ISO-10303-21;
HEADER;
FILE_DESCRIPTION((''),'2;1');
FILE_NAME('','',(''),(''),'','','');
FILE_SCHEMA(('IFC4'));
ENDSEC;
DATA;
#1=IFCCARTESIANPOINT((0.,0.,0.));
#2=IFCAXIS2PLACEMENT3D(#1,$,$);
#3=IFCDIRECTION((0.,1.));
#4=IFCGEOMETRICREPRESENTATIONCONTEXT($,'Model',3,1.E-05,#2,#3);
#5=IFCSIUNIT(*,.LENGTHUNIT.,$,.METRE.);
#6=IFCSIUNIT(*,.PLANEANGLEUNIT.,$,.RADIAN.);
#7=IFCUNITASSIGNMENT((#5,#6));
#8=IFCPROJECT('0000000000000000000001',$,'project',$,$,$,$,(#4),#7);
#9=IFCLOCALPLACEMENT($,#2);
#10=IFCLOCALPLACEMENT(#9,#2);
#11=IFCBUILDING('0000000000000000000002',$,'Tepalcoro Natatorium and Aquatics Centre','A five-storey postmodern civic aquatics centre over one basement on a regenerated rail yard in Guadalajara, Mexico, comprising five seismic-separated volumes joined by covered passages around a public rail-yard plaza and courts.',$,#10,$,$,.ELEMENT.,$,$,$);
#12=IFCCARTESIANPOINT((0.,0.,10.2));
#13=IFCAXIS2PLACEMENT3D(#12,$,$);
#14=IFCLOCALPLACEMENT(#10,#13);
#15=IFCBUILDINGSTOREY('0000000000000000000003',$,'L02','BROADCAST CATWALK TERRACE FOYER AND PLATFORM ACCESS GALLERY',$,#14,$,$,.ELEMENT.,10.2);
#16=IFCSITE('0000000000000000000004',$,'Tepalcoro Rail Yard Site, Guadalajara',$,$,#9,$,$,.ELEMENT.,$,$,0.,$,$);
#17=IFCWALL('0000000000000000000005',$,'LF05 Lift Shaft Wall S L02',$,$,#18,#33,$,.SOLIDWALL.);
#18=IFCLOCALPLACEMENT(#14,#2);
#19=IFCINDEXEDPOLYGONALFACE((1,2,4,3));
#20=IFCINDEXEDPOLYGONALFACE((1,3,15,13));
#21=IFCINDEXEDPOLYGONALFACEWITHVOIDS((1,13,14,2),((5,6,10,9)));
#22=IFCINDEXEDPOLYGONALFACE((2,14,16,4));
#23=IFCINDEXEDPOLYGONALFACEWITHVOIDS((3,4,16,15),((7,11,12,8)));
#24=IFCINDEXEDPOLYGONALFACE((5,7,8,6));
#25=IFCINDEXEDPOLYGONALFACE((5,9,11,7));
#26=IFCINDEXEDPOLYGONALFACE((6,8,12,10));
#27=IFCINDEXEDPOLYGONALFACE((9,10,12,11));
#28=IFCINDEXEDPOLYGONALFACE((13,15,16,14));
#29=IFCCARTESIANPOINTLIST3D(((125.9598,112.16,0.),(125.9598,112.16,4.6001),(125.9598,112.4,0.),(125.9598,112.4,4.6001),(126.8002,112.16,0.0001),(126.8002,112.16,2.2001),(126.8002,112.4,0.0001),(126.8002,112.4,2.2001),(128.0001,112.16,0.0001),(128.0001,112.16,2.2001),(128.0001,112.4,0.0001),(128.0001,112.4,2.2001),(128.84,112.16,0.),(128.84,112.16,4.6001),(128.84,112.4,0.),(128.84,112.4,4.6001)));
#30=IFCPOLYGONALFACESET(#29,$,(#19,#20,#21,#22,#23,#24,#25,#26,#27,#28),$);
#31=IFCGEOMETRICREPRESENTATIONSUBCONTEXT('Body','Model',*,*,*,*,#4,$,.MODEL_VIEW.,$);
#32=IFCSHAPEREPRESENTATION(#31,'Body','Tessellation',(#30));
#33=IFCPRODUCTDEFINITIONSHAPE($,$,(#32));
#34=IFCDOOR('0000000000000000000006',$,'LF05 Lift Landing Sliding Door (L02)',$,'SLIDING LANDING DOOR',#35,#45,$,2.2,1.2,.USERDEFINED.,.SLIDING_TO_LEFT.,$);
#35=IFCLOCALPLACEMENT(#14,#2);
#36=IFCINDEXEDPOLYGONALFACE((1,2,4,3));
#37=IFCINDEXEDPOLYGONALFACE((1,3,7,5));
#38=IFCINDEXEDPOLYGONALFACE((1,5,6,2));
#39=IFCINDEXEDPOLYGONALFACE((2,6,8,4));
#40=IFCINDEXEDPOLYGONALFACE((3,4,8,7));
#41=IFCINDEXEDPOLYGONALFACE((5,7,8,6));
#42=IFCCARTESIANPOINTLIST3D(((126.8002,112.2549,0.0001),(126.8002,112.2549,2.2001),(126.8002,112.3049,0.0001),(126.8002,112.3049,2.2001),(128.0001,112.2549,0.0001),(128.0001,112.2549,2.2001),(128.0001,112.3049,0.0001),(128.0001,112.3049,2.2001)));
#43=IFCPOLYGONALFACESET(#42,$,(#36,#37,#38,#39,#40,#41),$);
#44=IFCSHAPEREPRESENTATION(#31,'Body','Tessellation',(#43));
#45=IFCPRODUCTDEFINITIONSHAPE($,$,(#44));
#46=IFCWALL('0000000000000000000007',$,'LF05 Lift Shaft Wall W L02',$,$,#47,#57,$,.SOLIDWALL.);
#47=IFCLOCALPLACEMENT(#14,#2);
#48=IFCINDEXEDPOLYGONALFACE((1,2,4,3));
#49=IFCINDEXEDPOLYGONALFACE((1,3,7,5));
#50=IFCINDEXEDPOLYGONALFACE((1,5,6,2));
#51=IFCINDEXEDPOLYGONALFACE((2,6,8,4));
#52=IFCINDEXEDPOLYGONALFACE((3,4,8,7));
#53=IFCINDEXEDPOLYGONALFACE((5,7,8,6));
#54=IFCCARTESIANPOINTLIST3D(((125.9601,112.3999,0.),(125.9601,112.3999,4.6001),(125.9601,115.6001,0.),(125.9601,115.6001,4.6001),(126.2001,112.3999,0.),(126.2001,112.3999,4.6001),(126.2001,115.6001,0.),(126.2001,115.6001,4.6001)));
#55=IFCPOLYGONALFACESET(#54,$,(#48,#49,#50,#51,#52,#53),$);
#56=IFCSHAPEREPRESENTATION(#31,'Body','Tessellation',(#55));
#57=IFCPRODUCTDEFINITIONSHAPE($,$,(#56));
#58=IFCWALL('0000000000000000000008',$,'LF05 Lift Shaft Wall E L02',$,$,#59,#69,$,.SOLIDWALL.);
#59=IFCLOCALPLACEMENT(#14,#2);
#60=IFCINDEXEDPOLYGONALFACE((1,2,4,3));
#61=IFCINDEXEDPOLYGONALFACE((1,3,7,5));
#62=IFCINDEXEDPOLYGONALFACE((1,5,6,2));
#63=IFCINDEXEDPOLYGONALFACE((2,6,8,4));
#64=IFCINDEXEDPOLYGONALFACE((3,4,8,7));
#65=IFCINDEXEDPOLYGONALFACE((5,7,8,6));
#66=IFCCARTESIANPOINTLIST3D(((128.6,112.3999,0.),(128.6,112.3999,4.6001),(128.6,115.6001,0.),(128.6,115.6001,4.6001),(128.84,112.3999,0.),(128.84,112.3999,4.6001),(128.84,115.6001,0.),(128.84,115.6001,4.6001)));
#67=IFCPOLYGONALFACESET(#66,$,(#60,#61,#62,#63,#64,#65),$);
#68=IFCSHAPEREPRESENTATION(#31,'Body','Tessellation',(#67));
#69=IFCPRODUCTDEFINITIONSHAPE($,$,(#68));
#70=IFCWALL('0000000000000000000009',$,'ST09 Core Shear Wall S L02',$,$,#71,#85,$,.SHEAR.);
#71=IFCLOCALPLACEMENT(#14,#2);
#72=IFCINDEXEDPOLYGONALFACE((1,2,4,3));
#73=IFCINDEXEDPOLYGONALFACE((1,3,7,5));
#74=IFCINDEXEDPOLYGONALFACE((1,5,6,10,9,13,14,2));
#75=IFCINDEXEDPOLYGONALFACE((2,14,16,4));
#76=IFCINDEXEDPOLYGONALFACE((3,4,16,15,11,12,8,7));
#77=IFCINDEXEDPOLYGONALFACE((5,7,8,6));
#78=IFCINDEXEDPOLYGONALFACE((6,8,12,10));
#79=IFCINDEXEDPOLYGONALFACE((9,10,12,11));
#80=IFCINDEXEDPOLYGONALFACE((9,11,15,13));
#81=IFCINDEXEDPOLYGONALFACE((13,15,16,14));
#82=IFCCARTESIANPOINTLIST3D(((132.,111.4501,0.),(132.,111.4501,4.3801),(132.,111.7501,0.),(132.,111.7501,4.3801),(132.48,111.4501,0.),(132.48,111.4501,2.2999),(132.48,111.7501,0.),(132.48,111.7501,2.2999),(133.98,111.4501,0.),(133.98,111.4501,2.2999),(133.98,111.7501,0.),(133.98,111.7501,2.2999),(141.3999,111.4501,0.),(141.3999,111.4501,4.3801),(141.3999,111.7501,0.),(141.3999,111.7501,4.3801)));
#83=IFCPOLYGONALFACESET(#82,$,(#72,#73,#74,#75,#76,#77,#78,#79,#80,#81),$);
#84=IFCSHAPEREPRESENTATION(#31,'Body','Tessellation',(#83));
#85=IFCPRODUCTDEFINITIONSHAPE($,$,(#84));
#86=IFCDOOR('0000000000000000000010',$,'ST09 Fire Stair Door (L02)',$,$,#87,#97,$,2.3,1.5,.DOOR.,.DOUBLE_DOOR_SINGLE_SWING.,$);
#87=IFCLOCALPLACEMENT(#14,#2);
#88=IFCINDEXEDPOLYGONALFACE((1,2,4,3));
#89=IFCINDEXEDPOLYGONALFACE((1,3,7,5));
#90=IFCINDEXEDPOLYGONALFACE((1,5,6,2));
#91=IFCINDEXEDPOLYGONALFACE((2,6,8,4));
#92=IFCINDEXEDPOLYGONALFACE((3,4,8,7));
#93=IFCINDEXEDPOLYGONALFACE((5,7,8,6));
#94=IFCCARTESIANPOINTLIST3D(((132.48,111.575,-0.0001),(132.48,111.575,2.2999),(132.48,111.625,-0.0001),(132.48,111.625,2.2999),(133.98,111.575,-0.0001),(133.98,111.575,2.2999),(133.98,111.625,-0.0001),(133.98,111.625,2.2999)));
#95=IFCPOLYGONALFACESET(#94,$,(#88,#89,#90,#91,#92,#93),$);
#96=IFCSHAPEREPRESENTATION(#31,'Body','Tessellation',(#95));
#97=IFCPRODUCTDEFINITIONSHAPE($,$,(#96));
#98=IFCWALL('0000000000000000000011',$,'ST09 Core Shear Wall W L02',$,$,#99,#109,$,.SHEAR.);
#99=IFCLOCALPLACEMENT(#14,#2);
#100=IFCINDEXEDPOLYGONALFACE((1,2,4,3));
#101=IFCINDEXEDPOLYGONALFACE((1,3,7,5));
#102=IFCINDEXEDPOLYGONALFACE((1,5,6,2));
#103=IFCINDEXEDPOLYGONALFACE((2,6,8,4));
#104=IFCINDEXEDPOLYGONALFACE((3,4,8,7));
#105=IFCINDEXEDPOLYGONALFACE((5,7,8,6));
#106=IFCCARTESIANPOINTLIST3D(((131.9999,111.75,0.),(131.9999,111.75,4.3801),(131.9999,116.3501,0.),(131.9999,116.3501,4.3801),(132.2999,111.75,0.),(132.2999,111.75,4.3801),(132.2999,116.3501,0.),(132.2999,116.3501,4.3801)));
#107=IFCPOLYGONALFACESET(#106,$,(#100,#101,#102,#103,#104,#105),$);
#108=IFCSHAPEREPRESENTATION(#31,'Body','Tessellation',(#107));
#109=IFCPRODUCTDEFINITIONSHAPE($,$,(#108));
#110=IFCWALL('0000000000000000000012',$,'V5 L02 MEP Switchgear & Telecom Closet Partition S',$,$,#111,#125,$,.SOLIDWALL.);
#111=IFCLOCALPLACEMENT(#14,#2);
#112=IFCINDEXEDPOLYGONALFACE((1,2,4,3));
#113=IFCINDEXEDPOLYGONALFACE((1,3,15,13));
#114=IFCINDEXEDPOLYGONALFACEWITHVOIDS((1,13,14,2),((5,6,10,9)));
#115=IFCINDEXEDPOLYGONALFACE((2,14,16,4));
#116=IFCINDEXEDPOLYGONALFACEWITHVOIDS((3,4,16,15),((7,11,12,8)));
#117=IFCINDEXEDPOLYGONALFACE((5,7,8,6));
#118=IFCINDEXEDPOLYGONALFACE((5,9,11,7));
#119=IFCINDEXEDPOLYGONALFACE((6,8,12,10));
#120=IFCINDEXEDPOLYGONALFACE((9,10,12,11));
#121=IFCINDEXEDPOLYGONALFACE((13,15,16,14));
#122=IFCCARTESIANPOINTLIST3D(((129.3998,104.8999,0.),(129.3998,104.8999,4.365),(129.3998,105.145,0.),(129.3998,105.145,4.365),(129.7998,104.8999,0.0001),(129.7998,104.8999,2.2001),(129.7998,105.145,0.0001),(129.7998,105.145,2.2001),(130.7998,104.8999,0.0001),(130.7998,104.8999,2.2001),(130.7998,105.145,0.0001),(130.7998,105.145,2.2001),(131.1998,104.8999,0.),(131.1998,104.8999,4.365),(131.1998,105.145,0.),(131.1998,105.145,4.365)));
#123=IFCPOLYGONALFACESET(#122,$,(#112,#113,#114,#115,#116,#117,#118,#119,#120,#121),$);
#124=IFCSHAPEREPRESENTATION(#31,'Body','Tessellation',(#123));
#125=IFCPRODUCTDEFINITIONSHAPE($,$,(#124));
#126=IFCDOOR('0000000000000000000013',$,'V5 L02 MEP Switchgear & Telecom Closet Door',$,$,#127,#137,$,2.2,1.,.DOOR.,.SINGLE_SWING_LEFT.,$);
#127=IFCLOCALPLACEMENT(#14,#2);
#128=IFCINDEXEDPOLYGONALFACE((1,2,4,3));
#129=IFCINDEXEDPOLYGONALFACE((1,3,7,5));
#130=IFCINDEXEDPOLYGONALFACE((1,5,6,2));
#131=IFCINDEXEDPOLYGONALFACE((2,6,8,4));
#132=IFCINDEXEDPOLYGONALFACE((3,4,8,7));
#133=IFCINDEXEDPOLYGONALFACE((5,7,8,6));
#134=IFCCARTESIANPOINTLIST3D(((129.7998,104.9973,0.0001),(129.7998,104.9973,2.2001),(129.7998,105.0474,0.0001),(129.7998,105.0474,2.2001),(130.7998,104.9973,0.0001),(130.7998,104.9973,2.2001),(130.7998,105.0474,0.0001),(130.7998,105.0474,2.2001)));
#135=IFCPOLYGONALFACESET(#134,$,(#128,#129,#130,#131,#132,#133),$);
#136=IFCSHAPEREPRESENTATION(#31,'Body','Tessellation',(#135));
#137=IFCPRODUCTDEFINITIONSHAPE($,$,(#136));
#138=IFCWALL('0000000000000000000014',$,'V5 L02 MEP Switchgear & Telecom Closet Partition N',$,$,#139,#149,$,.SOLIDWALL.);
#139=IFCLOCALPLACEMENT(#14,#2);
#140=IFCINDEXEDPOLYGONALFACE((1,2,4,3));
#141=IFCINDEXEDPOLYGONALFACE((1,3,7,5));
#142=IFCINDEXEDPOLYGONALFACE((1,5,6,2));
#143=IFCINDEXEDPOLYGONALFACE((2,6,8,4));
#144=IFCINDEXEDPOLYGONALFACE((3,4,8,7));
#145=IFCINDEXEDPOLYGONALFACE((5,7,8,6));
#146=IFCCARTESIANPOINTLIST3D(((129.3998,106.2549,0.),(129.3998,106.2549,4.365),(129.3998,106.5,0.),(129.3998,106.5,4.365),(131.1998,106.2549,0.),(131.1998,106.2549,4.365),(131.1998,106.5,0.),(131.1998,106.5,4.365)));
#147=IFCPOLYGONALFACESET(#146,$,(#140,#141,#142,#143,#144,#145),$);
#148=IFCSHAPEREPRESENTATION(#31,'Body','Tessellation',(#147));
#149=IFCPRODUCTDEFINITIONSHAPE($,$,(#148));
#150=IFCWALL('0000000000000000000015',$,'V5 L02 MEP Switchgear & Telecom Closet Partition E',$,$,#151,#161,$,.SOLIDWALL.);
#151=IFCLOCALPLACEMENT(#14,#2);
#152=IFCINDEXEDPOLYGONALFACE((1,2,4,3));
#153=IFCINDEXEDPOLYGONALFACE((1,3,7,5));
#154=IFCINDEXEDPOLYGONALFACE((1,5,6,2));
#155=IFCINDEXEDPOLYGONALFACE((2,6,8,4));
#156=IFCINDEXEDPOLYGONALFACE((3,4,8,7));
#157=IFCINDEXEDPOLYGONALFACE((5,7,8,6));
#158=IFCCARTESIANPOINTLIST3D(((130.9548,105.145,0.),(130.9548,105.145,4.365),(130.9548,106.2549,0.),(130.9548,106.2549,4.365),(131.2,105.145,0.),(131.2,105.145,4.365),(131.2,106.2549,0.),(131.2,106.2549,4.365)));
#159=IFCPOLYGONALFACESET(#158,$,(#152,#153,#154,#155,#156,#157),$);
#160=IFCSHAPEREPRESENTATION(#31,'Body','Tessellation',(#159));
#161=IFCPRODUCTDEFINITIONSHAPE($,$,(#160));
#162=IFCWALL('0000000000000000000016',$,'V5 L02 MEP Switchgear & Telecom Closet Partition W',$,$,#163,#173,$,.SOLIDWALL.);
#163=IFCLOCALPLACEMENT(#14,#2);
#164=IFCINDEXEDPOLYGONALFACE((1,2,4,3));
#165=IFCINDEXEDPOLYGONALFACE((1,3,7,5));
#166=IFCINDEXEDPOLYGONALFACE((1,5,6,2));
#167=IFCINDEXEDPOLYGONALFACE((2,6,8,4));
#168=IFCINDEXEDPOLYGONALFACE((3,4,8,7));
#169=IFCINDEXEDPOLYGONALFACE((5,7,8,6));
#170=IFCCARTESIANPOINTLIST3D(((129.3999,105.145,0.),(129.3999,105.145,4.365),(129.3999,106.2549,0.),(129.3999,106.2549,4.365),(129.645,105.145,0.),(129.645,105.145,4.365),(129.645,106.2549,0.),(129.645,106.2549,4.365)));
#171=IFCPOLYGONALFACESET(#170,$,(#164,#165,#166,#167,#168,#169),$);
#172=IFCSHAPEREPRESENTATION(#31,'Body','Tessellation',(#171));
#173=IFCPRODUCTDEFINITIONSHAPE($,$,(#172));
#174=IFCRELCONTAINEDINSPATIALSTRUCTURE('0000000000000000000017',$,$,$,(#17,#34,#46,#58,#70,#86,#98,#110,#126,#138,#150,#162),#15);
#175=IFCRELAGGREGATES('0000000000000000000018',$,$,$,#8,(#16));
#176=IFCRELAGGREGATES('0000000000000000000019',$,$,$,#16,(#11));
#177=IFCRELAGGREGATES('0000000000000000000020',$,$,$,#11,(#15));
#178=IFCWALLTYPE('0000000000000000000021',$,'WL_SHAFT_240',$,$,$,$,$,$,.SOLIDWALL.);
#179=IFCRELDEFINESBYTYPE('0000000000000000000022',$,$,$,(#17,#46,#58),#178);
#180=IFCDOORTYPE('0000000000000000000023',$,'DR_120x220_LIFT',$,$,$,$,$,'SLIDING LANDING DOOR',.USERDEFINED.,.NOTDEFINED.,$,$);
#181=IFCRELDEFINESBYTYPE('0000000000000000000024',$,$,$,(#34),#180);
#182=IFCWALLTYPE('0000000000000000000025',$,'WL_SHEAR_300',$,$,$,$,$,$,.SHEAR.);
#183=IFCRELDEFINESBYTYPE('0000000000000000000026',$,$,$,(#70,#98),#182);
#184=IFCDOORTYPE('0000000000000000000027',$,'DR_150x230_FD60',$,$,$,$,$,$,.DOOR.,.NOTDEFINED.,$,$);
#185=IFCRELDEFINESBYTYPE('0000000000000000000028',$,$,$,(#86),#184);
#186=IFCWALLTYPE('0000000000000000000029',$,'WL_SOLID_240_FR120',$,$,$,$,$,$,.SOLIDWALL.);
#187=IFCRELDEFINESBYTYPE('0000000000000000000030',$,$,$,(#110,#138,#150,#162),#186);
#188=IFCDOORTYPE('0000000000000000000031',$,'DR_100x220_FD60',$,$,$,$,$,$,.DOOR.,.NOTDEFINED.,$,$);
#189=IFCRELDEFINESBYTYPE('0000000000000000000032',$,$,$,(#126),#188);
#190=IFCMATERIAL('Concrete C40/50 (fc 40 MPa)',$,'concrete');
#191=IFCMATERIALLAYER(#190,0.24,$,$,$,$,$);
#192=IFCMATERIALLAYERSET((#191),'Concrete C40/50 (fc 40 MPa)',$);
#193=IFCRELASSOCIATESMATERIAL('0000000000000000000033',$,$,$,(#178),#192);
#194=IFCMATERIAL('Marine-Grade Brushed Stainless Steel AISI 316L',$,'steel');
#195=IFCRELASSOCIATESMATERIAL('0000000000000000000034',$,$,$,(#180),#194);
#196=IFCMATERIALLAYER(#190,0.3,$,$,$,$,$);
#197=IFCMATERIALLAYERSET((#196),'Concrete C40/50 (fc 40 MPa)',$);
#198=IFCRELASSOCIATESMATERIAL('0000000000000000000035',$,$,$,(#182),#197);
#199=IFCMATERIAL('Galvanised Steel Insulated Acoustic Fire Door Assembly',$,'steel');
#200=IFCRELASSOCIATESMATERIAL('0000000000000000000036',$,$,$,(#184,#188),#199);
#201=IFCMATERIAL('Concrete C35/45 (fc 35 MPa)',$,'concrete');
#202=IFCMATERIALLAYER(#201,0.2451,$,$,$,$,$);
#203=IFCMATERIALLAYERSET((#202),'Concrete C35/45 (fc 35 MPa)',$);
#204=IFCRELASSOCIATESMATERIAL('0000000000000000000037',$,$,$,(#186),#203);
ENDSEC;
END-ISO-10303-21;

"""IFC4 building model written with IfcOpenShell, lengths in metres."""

from ifc_helpers import new_model, si_unit, direction, frame, frame_2d, origin, place, context, subcontext, project, spatial, rectangle, extrude, material, layer, layer_set, type_object, element, fill, save


model = new_model("IFC4")

# Units and contexts
model_context = context("Model", 3, precision=1e-05, world=origin(), true_north=direction((0.0, 1.0)))
body_context = subcontext(model_context, "Body", "Model", "MODEL_VIEW")
ifc_project = project(units=[si_unit("LENGTHUNIT", "METRE"), si_unit("PLANEANGLEUNIT", "RADIAN")], contexts=[model_context])

# Site, building, storey
site_placement = place(None, origin())
site = spatial("IfcSite", under=ifc_project, at=site_placement, Name="Tepalcoro Rail Yard Site, Guadalajara", CompositionType="ELEMENT", RefElevation=0.0)
building_placement = place(site_placement, origin())
building = spatial("IfcBuilding", under=site, at=building_placement, Name="Tepalcoro Natatorium and Aquatics Centre", Description="A five-storey postmodern civic aquatics centre over one basement on a regenerated rail yard in Guadalajara, Mexico, comprising five seismic-separated volumes joined by covered passages around a public rail-yard plaza and courts.", CompositionType="ELEMENT")
storey_placement = place(building_placement, frame((0.0, 0.0, 10.2)))
storey = spatial("IfcBuildingStorey", under=building, at=storey_placement, Name="L02", Description="BROADCAST CATWALK TERRACE FOYER AND PLATFORM ACCESS GALLERY", CompositionType="ELEMENT", Elevation=10.2)

# Shared definitions
ifc_material_1 = material(Name="Concrete C40/50 (fc 40 MPa)", Category="concrete")

# Wall, opening, door
ifc_layer_1 = layer(ifc_material_1, 0.24)
ifc_layer_set_1 = layer_set([ifc_layer_1], Name="Concrete C40/50 (fc 40 MPa)")
wall_type_1 = type_object("IfcWallType", Name="WL_SHAFT_240", PredefinedType="SOLIDWALL", material=ifc_layer_set_1)
wall_1_placement = place(storey_placement, frame((125.96, 112.28, 0.0), z_axis=(0.0, 0.0, 1.0), x_axis=(1.0, 0.0, 0.0)))
wall_1 = element("IfcWall", 1, at=wall_1_placement, inside=storey, type_object=wall_type_1, Name="LF05 Lift Shaft Wall S L02", PredefinedType="SOLIDWALL", context=body_context, shape_type="SweptSolid", body=[
    extrude(rectangle(XDim=2.8801, YDim=0.24, at=frame_2d((1.4399, 0.0))), origin(), (0.0, 0.0, 1.0), 4.6001),
])
opening_1_placement = place(wall_1_placement, frame((0.8401, 0.0, 0.0)))
opening_1 = element("IfcOpeningElement", 2, at=opening_1_placement, cuts=wall_1, PredefinedType="OPENING", context=body_context, shape_type="SweptSolid", body=[
    extrude(rectangle(XDim=1.2, YDim=2.2, at=frame_2d((0.6001, 1.1001))), frame((0.0, 0.1318, 0.0), z_axis=(0.0, -1.0, 0.0), x_axis=(1.0, 0.0, 0.0)), (0.0, 0.0, 1.0), 0.2639),
])
ifc_material_2 = material(Name="Marine-Grade Brushed Stainless Steel AISI 316L", Category="steel")
door_type_1 = type_object("IfcDoorType", Name="DR_120x220_LIFT", ElementType="SLIDING LANDING DOOR", OperationType="NOTDEFINED", PredefinedType="USERDEFINED", material=ifc_material_2)
door_1_placement = place(opening_1_placement, origin())
door_1 = element("IfcDoor", 3, at=door_1_placement, inside=storey, type_object=door_type_1, Name="LF05 Lift Landing Sliding Door (L02)", ObjectType="SLIDING LANDING DOOR", OperationType="SLIDING_TO_LEFT", OverallHeight=2.2, OverallWidth=1.2, PredefinedType="USERDEFINED", context=body_context, shape_type="SweptSolid", body=[
    extrude(rectangle(XDim=1.2, YDim=2.2, at=frame_2d((0.6001, 1.1001))), frame((0.0, 0.0249, 0.0), z_axis=(0.0, -1.0, 0.0), x_axis=(1.0, 0.0, 0.0)), (0.0, 0.0, 1.0), 0.05),
])
fill(opening_1, door_1)

# Walls
for number, where, z_axis, x_axis, name in (
    (4, (126.0801, 112.3999, 0.0), (0.0, 0.0, 1.0), (0.0, 1.0, 0.0), "LF05 Lift Shaft Wall W L02"),
    (5, (128.72, 112.3999, 0.0), (0.0, 0.0, 1.0), (0.0, 1.0, 0.0), "LF05 Lift Shaft Wall E L02"),
):
    element("IfcWall", number, at=place(storey_placement, frame(where, z_axis=z_axis, x_axis=x_axis)), inside=storey, type_object=wall_type_1, Name=name, PredefinedType="SOLIDWALL", context=body_context, shape_type="SweptSolid", body=[
        extrude(rectangle(XDim=3.2002, YDim=0.24, at=frame_2d((1.6001, 0.0))), origin(), (0.0, 0.0, 1.0), 4.6001),
    ])

# Wall, opening, door
ifc_layer_2 = layer(ifc_material_1, 0.3)
ifc_layer_set_2 = layer_set([ifc_layer_2], Name="Concrete C40/50 (fc 40 MPa)")
wall_type_2 = type_object("IfcWallType", Name="WL_SHEAR_300", PredefinedType="SHEAR", material=ifc_layer_set_2)
wall_2_placement = place(storey_placement, frame((132.0, 111.6001, 0.0), z_axis=(0.0, 0.0, 1.0), x_axis=(1.0, 0.0, 0.0)))
wall_2 = element("IfcWall", 6, at=wall_2_placement, inside=storey, type_object=wall_type_2, Name="ST09 Core Shear Wall S L02", PredefinedType="SHEAR", context=body_context, shape_type="SweptSolid", body=[
    extrude(rectangle(XDim=9.3999, YDim=0.3, at=frame_2d((4.7, 0.0))), origin(), (0.0, 0.0, 1.0), 4.3801),
])
opening_2_placement = place(wall_2_placement, frame((0.48, 0.0, 0.0)))
opening_2 = element("IfcOpeningElement", 7, at=opening_2_placement, cuts=wall_2, PredefinedType="OPENING", context=body_context, shape_type="SweptSolid", body=[
    extrude(rectangle(XDim=1.5, YDim=2.3, at=frame_2d((0.75, 1.1499))), frame((0.0, 0.1621, 0.0), z_axis=(0.0, -1.0, 0.0), x_axis=(1.0, 0.0, 0.0)), (0.0, 0.0, 1.0), 0.324),
])
ifc_material_3 = material(Name="Galvanised Steel Insulated Acoustic Fire Door Assembly", Category="steel")
door_type_2 = type_object("IfcDoorType", Name="DR_150x230_FD60", OperationType="NOTDEFINED", PredefinedType="DOOR", material=ifc_material_3)
door_2_placement = place(opening_2_placement, origin())
door_2 = element("IfcDoor", 8, at=door_2_placement, inside=storey, type_object=door_type_2, Name="ST09 Fire Stair Door (L02)", OperationType="DOUBLE_DOOR_SINGLE_SWING", OverallHeight=2.3, OverallWidth=1.5, PredefinedType="DOOR", context=body_context, shape_type="SweptSolid", body=[
    extrude(rectangle(XDim=1.5, YDim=2.3, at=frame_2d((0.75, 1.1499))), frame((0.0, 0.0249, 0.0), z_axis=(0.0, -1.0, 0.0), x_axis=(1.0, 0.0, 0.0)), (0.0, 0.0, 1.0), 0.05),
])
fill(opening_2, door_2)

# Wall
wall_3_placement = place(storey_placement, frame((132.1499, 111.75, 0.0), z_axis=(0.0, 0.0, 1.0), x_axis=(0.0, 1.0, 0.0)))
element("IfcWall", 9, at=wall_3_placement, inside=storey, type_object=wall_type_2, Name="ST09 Core Shear Wall W L02", PredefinedType="SHEAR", context=body_context, shape_type="SweptSolid", body=[
    extrude(rectangle(XDim=4.6001, YDim=0.3, at=frame_2d((2.3, 0.0))), origin(), (0.0, 0.0, 1.0), 4.3801),
])

# Wall, opening, door
ifc_material_4 = material(Name="Concrete C35/45 (fc 35 MPa)", Category="concrete")
ifc_layer_3 = layer(ifc_material_4, 0.2451)
ifc_layer_set_3 = layer_set([ifc_layer_3], Name="Concrete C35/45 (fc 35 MPa)")
wall_type_3 = type_object("IfcWallType", Name="WL_SOLID_240_FR120", PredefinedType="SOLIDWALL", material=ifc_layer_set_3)
wall_4_placement = place(storey_placement, frame((129.3999, 105.0225, 0.0), z_axis=(0.0, 0.0, 1.0), x_axis=(1.0, 0.0, 0.0)))
wall_4 = element("IfcWall", 10, at=wall_4_placement, inside=storey, type_object=wall_type_3, Name="V5 L02 MEP Switchgear & Telecom Closet Partition S", PredefinedType="SOLIDWALL", context=body_context, shape_type="SweptSolid", body=[
    extrude(rectangle(XDim=1.8, YDim=0.2451, at=frame_2d((0.8999, 0.0))), origin(), (0.0, 0.0, 1.0), 4.365),
])
opening_3_placement = place(wall_4_placement, frame((0.3999, 0.0, 0.0)))
opening_3 = element("IfcOpeningElement", 11, at=opening_3_placement, cuts=wall_4, PredefinedType="OPENING", context=body_context, shape_type="SweptSolid", body=[
    extrude(rectangle(XDim=1.0, YDim=2.2, at=frame_2d((0.5, 1.1001))), frame((0.0, 0.1345, 0.0), z_axis=(0.0, -1.0, 0.0), x_axis=(1.0, 0.0, 0.0)), (0.0, 0.0, 1.0), 0.269),
])
door_type_3 = type_object("IfcDoorType", Name="DR_100x220_FD60", OperationType="NOTDEFINED", PredefinedType="DOOR", material=ifc_material_3)
door_3_placement = place(opening_3_placement, origin())
door_3 = element("IfcDoor", 12, at=door_3_placement, inside=storey, type_object=door_type_3, Name="V5 L02 MEP Switchgear & Telecom Closet Door", OperationType="SINGLE_SWING_LEFT", OverallHeight=2.2, OverallWidth=1.0, PredefinedType="DOOR", context=body_context, shape_type="SweptSolid", body=[
    extrude(rectangle(XDim=1.0, YDim=2.2, at=frame_2d((0.5, 1.1001))), frame((0.0, 0.0249, 0.0), z_axis=(0.0, -1.0, 0.0), x_axis=(1.0, 0.0, 0.0)), (0.0, 0.0, 1.0), 0.05),
])
fill(opening_3, door_3)

# Walls
wall_5_placement = place(storey_placement, frame((129.3999, 106.3774, 0.0), z_axis=(0.0, 0.0, 1.0), x_axis=(1.0, 0.0, 0.0)))
element("IfcWall", 13, at=wall_5_placement, inside=storey, type_object=wall_type_3, Name="V5 L02 MEP Switchgear & Telecom Closet Partition N", PredefinedType="SOLIDWALL", context=body_context, shape_type="SweptSolid", body=[
    extrude(rectangle(XDim=1.8, YDim=0.2451, at=frame_2d((0.8999, 0.0))), origin(), (0.0, 0.0, 1.0), 4.365),
])
for number, where, z_axis, x_axis, name in (
    (14, (131.0774, 105.145, 0.0), (0.0, 0.0, 1.0), (0.0, 1.0, 0.0), "V5 L02 MEP Switchgear & Telecom Closet Partition E"),
    (15, (129.5225, 105.145, 0.0), (0.0, 0.0, 1.0), (0.0, 1.0, 0.0), "V5 L02 MEP Switchgear & Telecom Closet Partition W"),
):
    element("IfcWall", number, at=place(storey_placement, frame(where, z_axis=z_axis, x_axis=x_axis)), inside=storey, type_object=wall_type_3, Name=name, PredefinedType="SOLIDWALL", context=body_context, shape_type="SweptSolid", body=[
        extrude(rectangle(XDim=1.1099, YDim=0.2451, at=frame_2d((0.5549, 0.0))), origin(), (0.0, 0.0, 1.0), 4.365),
    ])

save(model, "model.ifc")
